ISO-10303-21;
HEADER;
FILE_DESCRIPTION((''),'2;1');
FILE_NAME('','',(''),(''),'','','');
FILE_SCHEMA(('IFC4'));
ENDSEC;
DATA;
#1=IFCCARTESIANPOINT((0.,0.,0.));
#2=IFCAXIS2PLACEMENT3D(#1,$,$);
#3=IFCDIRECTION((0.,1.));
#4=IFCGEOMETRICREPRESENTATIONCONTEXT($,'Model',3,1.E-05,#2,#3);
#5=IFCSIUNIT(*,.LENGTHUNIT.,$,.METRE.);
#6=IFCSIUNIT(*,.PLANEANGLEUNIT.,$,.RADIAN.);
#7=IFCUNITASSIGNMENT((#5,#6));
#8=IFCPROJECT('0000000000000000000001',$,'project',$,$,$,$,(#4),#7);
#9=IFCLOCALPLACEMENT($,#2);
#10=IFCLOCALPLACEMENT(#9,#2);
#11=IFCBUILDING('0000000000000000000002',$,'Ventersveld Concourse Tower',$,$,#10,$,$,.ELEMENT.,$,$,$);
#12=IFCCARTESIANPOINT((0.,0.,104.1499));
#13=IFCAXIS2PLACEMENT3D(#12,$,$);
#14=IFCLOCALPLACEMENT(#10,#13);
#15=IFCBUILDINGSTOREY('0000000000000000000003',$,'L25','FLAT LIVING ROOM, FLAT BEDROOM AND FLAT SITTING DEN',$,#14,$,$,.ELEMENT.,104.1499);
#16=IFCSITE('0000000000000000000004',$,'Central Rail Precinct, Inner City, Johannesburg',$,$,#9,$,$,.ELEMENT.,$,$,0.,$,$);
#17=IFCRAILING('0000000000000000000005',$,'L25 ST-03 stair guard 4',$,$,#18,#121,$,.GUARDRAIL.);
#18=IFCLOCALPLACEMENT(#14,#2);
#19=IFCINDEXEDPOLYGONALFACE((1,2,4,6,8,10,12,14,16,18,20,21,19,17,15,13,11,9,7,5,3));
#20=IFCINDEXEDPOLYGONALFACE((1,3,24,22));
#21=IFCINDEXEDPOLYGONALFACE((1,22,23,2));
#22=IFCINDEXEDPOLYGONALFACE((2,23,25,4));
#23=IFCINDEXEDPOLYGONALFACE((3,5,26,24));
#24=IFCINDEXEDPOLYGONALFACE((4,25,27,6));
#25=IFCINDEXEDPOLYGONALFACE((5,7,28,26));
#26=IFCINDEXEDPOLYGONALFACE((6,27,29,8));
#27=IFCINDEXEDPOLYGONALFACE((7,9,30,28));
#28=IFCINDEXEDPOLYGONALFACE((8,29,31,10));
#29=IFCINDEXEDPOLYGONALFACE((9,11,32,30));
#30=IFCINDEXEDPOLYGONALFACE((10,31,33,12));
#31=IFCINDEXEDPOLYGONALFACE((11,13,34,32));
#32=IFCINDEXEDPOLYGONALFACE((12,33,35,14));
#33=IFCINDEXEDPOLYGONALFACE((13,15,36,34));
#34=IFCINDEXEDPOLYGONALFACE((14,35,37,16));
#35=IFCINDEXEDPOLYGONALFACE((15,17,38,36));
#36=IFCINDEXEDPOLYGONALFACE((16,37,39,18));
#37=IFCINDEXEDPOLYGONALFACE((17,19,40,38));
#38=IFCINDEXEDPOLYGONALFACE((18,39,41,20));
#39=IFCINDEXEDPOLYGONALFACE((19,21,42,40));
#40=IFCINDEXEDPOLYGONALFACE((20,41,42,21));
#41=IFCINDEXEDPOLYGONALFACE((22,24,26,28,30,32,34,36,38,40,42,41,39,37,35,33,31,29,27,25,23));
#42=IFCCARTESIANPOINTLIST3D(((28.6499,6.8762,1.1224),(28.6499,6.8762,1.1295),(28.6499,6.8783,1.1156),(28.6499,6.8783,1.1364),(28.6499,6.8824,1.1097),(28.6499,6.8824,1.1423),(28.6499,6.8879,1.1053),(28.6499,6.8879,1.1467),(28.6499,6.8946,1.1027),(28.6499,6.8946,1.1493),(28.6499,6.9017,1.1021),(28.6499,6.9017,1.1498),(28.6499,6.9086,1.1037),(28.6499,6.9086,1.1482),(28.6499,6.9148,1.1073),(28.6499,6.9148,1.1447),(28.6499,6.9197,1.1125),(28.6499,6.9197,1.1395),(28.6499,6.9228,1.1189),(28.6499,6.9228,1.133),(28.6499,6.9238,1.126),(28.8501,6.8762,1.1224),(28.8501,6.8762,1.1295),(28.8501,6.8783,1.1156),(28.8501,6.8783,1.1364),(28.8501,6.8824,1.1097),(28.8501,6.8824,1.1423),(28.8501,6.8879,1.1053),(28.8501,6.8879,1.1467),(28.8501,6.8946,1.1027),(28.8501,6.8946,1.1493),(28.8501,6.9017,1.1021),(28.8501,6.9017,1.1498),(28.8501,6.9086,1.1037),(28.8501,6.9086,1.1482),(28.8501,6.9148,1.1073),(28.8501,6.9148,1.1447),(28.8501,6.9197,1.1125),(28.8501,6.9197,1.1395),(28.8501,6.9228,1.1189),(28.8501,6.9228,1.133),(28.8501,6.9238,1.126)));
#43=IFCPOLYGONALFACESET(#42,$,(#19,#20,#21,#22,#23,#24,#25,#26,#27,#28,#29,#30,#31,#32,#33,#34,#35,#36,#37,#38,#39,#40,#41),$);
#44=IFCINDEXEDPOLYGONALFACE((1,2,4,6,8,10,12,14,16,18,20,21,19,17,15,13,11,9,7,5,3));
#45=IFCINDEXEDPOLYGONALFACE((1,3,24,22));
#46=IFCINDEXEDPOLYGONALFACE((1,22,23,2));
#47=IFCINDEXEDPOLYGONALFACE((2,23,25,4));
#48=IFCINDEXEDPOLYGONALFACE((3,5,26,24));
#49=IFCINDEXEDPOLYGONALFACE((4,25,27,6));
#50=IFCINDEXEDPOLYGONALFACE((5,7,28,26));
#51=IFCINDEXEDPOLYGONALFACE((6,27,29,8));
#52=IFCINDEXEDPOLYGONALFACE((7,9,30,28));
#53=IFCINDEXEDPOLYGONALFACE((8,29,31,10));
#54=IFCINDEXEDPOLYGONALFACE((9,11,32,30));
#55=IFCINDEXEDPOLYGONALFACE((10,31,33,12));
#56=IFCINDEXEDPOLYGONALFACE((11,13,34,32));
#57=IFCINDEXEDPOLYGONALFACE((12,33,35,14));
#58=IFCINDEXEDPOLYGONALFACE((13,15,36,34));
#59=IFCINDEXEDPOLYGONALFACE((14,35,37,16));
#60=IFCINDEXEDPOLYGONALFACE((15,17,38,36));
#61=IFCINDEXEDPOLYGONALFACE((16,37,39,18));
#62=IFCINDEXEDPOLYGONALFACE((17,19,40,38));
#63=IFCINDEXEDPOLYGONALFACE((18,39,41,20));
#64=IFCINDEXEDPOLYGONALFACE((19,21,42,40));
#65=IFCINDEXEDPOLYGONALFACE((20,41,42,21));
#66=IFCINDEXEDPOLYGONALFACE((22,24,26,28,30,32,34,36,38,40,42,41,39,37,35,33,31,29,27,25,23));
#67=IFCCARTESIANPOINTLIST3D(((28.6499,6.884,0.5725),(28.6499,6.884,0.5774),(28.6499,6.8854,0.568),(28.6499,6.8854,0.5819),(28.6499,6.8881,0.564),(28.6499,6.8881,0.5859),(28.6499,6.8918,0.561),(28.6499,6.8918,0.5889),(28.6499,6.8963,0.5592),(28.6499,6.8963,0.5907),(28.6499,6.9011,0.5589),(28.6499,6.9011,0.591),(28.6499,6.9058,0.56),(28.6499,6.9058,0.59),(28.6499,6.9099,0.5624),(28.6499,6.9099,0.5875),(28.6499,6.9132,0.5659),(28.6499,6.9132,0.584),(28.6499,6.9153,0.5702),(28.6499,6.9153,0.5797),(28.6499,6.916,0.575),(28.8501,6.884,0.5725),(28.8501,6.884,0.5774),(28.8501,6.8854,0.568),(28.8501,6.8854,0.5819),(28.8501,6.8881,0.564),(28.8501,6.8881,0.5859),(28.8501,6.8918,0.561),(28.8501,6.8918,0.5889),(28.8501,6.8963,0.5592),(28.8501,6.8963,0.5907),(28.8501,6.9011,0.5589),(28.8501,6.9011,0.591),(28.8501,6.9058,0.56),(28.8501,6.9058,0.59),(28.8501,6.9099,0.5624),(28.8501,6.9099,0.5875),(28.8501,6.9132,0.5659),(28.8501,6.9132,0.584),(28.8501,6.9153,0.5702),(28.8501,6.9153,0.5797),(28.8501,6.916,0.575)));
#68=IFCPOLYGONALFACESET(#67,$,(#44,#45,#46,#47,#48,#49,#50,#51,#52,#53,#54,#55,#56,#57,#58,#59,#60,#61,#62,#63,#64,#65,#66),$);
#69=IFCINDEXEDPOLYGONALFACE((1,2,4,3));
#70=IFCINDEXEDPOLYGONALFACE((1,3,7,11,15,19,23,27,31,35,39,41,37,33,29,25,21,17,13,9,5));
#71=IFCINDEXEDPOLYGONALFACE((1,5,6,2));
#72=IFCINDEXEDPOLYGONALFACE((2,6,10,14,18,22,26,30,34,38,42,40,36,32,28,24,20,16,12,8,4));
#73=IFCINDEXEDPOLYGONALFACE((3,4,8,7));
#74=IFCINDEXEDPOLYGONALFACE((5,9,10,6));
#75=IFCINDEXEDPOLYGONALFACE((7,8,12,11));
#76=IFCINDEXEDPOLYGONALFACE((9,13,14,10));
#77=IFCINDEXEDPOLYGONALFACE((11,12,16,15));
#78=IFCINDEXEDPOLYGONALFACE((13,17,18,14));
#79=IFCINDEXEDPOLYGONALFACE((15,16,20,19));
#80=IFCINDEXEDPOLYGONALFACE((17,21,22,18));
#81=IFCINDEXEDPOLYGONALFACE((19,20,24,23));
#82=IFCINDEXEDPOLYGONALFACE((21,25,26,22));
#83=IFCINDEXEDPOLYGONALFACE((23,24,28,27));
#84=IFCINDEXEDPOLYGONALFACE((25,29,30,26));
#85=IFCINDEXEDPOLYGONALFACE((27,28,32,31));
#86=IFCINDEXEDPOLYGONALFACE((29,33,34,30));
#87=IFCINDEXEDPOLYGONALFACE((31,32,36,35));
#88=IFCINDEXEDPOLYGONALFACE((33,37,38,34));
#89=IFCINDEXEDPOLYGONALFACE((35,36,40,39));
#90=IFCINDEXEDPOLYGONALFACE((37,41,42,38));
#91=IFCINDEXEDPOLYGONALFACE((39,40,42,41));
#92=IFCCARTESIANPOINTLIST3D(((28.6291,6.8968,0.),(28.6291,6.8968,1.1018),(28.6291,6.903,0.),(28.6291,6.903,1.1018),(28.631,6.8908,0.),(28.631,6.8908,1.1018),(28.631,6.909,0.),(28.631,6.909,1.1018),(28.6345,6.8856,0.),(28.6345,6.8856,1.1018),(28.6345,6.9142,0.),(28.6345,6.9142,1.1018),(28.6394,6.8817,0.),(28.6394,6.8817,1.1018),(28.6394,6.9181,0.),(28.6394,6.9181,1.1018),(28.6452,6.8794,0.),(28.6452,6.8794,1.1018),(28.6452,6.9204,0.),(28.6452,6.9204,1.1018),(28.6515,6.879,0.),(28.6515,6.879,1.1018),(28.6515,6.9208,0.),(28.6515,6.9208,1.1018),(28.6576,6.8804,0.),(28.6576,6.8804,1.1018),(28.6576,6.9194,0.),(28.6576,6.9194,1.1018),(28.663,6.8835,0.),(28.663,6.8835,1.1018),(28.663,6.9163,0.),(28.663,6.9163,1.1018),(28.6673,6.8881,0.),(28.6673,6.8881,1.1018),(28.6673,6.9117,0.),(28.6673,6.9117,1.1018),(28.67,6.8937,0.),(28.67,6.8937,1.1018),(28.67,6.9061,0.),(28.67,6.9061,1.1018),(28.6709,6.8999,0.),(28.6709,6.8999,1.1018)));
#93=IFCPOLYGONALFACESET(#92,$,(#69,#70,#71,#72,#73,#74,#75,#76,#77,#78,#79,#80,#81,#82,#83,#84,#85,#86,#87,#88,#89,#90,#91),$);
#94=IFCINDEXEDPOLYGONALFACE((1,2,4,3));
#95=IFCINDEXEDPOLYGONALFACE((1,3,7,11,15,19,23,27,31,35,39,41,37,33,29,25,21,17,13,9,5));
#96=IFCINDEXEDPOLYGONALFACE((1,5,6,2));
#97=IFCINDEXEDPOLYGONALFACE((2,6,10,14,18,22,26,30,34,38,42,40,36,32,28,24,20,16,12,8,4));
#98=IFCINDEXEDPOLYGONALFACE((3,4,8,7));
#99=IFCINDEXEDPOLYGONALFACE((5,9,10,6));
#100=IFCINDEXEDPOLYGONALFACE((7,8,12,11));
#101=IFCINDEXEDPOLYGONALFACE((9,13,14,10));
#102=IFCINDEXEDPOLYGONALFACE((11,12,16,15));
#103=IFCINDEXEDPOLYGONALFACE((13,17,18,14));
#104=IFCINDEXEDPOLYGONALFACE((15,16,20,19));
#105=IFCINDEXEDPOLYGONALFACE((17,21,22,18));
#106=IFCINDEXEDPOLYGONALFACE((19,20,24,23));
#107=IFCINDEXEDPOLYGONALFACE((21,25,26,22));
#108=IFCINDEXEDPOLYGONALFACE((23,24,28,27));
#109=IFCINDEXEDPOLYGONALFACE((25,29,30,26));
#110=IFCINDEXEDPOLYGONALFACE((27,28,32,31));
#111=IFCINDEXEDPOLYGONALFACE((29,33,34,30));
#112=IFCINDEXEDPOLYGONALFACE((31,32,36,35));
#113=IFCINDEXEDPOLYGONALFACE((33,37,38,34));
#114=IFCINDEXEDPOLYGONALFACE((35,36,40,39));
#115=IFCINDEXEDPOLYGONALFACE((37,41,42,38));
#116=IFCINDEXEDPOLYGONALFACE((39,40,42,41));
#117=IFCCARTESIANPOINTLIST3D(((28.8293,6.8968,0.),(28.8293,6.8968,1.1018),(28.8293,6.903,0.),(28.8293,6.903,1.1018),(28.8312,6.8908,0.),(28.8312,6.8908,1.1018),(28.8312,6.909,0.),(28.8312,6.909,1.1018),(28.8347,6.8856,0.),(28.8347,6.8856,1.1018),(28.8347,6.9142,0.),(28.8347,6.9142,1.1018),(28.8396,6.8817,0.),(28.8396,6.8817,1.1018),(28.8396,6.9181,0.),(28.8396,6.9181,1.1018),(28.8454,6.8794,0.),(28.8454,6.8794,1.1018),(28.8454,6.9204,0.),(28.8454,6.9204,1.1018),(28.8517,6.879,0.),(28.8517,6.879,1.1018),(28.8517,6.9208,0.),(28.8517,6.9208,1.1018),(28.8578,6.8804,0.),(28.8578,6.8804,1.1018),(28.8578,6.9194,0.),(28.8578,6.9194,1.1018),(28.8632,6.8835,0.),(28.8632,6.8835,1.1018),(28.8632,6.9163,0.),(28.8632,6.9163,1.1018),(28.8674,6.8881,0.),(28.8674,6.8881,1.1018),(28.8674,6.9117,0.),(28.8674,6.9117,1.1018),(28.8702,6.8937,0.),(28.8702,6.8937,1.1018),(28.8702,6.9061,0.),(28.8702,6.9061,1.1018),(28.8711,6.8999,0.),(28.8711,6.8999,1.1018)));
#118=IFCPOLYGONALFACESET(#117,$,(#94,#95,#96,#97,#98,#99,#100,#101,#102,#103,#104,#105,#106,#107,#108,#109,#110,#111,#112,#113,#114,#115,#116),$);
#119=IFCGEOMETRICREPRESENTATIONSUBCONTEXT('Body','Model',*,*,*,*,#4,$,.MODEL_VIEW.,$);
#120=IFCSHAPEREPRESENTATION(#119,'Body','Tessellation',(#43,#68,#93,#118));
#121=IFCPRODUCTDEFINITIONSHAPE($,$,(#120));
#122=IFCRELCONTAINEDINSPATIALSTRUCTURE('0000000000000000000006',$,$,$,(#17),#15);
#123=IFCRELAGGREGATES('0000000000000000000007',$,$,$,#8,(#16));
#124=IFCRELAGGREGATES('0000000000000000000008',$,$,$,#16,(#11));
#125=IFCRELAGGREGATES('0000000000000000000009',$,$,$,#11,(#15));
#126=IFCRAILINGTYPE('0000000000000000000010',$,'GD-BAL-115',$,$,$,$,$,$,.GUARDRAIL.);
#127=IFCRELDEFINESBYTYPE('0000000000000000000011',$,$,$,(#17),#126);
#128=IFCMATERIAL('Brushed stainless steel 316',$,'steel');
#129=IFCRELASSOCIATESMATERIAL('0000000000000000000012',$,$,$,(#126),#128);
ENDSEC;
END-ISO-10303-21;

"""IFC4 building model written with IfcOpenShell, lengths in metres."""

from ifc_helpers import new_model, si_unit, direction, frame, origin, origin_2d, place, context, subcontext, project, spatial, circle, extrude, material, type_object, element, save


model = new_model("IFC4")

# Units and contexts
model_context = context("Model", 3, precision=1e-05, world=origin(), true_north=direction((0.0, 1.0)))
body_context = subcontext(model_context, "Body", "Model", "MODEL_VIEW")
ifc_project = project(units=[si_unit("LENGTHUNIT", "METRE"), si_unit("PLANEANGLEUNIT", "RADIAN")], contexts=[model_context])

# Site, building, storey
site_placement = place(None, origin())
site = spatial("IfcSite", under=ifc_project, at=site_placement, Name="Central Rail Precinct, Inner City, Johannesburg", CompositionType="ELEMENT", RefElevation=0.0)
building_placement = place(site_placement, origin())
building = spatial("IfcBuilding", under=site, at=building_placement, Name="Ventersveld Concourse Tower", CompositionType="ELEMENT")
storey_placement = place(building_placement, frame((0.0, 0.0, 104.1499)))
storey = spatial("IfcBuildingStorey", under=building, at=storey_placement, Name="L25", Description="FLAT LIVING ROOM, FLAT BEDROOM AND FLAT SITTING DEN", CompositionType="ELEMENT", Elevation=104.1499)

# Shared definitions
ifc_material_1 = material(Name="Brushed stainless steel 316", Category="steel")

# Railing
railing_type = type_object("IfcRailingType", Name="GD-BAL-115", PredefinedType="GUARDRAIL", material=ifc_material_1)
railing_placement = place(storey_placement, frame((28.6499, 6.8999, 0.0)))
element("IfcRailing", 1, at=railing_placement, inside=storey, type_object=railing_type, Name="L25 ST-03 stair guard 4", PredefinedType="GUARDRAIL", context=body_context, shape_type="SweptSolid", body=[
    extrude(circle(Radius=0.0239, at=origin_2d()), frame((0.0, 0.0, 1.126), z_axis=(1.0, 0.0, 0.0), x_axis=(0.0, 1.0, 0.0)), (0.0, 0.0, 1.0), 0.2002),
    extrude(circle(Radius=0.0161, at=origin_2d()), frame((0.0, 0.0, 0.575), z_axis=(1.0, 0.0, 0.0), x_axis=(0.0, 1.0, 0.0)), (0.0, 0.0, 1.0), 0.2002),
    extrude(circle(Radius=0.021, at=origin_2d()), origin(), (0.0, 0.0, 1.0), 1.1018),
    extrude(circle(Radius=0.021, at=origin_2d()), frame((0.2002, 0.0, 0.0)), (0.0, 0.0, 1.0), 1.1018),
])

save(model, "model.ifc")
